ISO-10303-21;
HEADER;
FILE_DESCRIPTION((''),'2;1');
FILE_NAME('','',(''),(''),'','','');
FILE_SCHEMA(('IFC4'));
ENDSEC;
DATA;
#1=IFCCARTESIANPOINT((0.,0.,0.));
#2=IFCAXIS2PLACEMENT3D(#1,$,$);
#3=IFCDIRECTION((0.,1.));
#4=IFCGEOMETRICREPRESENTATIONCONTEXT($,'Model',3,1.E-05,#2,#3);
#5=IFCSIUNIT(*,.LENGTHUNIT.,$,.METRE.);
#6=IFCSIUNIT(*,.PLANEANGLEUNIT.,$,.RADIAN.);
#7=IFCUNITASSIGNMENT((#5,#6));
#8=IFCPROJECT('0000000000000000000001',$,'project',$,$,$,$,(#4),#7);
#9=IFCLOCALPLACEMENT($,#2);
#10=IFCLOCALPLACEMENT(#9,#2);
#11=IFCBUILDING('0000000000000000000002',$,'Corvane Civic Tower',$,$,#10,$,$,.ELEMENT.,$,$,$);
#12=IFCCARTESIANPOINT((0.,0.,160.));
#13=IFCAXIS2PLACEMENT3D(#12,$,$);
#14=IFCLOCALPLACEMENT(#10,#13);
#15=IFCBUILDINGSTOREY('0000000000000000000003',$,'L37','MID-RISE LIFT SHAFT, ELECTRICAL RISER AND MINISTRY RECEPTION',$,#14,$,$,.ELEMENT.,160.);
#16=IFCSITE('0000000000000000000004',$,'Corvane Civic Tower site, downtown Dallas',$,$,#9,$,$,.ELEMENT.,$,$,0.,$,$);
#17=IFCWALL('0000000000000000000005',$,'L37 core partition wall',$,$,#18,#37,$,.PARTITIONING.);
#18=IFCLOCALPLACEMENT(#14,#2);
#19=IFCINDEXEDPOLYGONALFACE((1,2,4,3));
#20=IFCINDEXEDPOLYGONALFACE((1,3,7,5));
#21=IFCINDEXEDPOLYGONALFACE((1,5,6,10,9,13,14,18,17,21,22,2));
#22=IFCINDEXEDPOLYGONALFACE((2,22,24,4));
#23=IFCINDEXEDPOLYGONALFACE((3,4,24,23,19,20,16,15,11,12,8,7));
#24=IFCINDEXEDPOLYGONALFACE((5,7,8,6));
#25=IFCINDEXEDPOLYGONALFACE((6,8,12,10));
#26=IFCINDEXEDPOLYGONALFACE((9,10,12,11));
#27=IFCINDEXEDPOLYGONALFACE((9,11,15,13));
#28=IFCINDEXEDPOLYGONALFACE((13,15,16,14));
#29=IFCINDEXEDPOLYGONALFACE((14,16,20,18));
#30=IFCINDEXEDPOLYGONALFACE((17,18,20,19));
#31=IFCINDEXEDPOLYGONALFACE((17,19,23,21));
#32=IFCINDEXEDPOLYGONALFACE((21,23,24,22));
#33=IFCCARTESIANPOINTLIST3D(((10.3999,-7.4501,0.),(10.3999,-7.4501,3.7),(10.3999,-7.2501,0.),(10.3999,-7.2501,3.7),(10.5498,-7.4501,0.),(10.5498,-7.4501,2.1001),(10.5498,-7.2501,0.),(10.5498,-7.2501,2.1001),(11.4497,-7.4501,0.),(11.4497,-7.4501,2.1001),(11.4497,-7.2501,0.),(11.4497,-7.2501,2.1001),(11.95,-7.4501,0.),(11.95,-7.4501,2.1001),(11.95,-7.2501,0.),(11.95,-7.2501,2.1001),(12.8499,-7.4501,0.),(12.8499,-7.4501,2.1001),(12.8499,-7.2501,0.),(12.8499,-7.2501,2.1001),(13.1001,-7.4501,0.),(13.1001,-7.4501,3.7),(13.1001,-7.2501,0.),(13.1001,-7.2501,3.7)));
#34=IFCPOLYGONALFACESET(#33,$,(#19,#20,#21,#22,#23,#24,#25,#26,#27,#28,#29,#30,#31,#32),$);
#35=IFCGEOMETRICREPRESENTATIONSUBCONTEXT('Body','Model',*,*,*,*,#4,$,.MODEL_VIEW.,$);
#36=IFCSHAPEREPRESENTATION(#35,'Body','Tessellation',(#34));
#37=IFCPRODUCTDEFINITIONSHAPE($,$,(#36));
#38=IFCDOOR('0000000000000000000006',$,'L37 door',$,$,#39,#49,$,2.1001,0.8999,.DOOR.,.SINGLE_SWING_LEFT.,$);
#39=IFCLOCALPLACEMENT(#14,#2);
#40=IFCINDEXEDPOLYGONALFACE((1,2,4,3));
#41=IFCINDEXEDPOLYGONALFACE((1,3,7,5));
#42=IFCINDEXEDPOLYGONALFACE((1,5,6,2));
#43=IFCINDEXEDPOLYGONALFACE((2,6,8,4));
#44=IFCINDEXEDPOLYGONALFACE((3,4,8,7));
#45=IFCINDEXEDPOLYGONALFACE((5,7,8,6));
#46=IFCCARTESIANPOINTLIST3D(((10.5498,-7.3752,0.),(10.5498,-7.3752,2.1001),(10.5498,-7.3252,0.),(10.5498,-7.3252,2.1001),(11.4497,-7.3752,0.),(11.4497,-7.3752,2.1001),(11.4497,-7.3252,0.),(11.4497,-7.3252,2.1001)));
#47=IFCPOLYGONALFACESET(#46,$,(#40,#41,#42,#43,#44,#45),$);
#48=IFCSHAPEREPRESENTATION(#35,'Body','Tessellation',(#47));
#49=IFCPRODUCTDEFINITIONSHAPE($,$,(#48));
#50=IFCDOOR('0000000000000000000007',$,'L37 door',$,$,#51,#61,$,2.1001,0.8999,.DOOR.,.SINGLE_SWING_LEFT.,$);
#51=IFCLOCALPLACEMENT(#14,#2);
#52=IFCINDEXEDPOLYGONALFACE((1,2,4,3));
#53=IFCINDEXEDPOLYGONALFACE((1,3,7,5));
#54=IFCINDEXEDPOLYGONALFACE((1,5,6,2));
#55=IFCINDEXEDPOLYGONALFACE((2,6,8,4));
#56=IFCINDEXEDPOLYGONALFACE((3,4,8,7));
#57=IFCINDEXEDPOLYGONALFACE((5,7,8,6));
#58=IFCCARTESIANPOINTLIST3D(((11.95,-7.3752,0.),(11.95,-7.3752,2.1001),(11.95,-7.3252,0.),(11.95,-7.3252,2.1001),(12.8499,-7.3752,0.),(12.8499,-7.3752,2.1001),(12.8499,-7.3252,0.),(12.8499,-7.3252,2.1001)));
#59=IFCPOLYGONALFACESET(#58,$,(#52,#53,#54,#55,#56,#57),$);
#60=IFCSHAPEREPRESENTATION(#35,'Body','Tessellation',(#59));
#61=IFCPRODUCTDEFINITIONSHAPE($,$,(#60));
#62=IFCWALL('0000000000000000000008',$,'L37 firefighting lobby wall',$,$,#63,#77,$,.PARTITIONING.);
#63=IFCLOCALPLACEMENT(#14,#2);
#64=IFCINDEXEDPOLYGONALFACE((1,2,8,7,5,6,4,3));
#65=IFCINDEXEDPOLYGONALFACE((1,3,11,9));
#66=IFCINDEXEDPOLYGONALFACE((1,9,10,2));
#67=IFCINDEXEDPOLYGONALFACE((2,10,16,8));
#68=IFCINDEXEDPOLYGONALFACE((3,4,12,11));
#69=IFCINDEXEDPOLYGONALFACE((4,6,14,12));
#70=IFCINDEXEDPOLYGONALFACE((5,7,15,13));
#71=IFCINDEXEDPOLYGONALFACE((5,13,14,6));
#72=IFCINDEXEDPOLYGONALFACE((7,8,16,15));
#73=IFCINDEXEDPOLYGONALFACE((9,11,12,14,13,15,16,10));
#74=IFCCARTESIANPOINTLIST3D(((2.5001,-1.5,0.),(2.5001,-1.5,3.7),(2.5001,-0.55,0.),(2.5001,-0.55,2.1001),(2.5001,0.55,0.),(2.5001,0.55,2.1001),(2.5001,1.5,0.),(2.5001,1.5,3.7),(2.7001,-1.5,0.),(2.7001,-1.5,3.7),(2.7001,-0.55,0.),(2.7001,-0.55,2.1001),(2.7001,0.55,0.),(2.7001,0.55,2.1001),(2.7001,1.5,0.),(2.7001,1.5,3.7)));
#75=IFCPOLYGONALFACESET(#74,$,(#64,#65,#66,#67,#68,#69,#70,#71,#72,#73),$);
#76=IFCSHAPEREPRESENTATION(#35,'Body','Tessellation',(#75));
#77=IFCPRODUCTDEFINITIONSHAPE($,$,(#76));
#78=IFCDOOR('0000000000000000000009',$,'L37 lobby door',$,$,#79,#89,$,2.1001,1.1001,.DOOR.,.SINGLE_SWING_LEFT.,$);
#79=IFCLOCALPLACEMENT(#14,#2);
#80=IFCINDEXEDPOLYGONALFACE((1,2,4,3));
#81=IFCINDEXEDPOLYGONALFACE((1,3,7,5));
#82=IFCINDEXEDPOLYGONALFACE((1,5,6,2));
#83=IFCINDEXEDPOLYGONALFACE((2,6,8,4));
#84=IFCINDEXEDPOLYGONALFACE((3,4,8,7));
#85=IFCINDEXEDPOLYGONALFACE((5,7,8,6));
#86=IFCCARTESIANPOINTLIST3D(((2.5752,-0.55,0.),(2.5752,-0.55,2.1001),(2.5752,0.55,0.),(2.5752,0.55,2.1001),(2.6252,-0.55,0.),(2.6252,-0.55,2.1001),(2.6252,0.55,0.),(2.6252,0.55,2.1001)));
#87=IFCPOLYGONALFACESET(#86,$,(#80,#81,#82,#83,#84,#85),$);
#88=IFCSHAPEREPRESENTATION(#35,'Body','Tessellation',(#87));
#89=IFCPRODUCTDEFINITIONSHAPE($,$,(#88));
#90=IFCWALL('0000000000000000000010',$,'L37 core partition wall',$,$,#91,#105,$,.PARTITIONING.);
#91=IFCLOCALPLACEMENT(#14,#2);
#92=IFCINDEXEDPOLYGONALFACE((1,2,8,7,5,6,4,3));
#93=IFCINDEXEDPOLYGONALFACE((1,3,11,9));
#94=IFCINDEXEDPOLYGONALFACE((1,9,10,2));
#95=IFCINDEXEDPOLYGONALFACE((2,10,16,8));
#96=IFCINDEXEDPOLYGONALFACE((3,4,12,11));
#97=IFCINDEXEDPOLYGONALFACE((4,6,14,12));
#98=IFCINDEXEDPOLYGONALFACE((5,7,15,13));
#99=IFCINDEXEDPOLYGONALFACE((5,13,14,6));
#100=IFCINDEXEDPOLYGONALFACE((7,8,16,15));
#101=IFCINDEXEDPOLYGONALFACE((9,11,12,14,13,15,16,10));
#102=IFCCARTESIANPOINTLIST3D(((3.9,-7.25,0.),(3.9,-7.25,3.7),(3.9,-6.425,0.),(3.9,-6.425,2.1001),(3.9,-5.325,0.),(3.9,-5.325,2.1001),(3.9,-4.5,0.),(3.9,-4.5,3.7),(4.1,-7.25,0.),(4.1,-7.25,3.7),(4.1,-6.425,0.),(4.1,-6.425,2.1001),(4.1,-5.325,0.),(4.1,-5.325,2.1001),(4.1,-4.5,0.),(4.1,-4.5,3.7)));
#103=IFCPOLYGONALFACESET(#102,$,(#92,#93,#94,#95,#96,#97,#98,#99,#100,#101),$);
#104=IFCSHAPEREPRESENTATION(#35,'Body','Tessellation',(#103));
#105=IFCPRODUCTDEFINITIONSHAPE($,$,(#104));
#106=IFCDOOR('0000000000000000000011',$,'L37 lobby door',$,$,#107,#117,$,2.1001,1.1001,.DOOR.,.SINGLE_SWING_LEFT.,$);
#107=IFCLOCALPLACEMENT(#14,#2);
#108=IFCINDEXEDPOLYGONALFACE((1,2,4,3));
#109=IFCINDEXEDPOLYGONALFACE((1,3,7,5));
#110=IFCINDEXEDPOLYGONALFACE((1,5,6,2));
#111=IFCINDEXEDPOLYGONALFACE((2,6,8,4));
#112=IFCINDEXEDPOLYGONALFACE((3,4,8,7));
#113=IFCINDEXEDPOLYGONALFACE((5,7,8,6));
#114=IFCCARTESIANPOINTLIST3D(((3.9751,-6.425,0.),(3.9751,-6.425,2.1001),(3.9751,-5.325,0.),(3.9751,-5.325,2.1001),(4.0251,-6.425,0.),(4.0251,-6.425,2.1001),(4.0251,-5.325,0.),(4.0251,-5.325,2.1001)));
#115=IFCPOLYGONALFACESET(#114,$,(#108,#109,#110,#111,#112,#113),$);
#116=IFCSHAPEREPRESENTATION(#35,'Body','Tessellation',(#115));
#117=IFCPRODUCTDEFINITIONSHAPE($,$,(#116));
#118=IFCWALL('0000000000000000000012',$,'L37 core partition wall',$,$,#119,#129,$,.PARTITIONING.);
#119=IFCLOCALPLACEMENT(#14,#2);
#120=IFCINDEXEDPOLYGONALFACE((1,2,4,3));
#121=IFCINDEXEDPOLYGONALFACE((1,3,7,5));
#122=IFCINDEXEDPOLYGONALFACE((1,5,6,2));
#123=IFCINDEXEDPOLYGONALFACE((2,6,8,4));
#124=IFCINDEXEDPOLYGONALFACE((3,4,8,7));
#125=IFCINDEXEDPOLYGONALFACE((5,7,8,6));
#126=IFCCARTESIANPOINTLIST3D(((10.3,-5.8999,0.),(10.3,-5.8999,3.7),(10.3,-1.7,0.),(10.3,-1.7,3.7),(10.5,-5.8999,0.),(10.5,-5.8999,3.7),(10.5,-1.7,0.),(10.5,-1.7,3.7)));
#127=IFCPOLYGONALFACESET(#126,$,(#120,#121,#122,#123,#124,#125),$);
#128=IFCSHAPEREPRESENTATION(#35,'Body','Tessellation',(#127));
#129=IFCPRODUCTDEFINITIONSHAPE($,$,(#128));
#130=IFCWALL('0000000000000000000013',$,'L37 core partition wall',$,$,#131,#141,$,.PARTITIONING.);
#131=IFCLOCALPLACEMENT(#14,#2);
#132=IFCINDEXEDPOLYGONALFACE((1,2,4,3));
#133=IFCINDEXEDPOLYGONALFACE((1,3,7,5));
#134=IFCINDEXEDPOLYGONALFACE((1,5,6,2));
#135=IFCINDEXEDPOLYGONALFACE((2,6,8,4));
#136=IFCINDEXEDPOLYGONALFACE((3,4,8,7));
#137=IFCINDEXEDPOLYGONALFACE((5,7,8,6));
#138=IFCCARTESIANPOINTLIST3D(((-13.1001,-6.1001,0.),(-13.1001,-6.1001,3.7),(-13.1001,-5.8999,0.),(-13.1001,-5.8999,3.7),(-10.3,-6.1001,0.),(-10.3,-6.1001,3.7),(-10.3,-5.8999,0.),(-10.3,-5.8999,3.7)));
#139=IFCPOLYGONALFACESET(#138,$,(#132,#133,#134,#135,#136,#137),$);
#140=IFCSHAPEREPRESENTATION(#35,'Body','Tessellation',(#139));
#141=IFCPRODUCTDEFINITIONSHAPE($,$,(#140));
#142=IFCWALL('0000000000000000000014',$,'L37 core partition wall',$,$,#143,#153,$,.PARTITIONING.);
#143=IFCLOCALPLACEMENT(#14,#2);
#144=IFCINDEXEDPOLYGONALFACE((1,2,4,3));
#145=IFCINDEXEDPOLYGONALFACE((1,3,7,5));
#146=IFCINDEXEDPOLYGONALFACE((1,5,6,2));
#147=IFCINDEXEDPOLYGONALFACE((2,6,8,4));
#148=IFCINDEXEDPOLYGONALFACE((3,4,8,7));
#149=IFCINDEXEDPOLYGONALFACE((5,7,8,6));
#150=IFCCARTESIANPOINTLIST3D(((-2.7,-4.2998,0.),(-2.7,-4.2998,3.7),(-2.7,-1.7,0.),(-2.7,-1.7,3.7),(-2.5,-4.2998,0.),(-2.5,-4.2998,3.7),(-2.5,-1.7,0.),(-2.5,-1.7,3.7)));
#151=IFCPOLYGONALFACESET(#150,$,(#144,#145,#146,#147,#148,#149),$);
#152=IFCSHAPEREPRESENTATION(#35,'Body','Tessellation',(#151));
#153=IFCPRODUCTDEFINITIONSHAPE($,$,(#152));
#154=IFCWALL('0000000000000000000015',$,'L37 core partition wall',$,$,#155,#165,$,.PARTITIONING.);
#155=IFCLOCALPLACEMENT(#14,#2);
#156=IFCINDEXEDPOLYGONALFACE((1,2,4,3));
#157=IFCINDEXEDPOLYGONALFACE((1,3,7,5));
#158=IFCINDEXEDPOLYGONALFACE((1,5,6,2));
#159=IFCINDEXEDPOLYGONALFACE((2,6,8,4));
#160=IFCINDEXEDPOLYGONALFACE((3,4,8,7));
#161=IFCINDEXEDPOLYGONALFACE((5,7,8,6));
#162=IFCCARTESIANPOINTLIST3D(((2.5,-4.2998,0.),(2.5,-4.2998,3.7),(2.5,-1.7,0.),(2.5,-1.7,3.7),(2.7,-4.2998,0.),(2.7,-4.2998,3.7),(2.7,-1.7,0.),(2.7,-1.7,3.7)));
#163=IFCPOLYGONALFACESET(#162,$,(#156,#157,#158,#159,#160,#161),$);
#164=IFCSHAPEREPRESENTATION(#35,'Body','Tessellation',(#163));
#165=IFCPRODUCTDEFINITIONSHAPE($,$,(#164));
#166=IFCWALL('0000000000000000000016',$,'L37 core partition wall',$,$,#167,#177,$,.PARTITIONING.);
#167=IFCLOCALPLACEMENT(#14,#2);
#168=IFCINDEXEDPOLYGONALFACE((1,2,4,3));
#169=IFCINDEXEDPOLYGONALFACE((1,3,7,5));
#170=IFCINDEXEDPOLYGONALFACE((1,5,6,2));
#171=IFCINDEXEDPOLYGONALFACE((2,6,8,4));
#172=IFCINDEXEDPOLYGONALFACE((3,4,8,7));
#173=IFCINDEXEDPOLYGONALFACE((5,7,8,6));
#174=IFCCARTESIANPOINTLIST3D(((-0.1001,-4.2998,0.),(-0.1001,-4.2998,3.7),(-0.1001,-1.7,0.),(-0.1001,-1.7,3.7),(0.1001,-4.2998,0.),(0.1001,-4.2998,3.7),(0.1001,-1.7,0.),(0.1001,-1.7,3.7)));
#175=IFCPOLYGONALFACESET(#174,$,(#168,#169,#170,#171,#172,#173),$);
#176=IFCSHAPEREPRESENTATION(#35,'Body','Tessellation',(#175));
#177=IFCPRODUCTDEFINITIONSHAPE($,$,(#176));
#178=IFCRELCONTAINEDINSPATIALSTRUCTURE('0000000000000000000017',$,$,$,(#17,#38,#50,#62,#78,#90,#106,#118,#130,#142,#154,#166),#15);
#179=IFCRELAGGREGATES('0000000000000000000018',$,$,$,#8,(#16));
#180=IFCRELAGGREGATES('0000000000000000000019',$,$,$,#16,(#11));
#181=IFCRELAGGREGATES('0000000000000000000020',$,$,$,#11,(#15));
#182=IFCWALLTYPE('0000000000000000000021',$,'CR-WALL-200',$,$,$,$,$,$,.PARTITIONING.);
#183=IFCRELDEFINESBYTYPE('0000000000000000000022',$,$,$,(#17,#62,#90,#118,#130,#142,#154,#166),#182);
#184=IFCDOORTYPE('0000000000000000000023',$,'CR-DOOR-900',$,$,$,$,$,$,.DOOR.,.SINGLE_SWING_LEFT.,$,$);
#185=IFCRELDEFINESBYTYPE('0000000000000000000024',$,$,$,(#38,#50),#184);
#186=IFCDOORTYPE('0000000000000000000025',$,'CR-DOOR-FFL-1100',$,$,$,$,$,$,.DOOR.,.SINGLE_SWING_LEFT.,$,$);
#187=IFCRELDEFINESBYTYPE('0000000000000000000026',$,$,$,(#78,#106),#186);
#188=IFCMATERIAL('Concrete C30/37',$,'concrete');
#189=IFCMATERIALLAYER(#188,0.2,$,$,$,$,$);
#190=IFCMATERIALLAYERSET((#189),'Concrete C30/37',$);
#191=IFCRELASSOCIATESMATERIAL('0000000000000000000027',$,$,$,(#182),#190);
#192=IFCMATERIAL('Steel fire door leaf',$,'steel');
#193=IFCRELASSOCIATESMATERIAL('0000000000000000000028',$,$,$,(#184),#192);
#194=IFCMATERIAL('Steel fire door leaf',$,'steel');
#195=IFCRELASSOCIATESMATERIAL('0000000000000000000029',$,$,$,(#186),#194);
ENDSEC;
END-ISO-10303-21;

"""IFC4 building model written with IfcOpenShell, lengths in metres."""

from ifc_helpers import new_model, si_unit, direction, frame, frame_2d, origin, place, context, subcontext, project, spatial, polyline, rectangle, outline, extrude, material, layer, layer_set, type_object, element, fill, save


model = new_model("IFC4")

# Units and contexts
model_context = context("Model", 3, precision=1e-05, world=origin(), true_north=direction((0.0, 1.0)))
body_context = subcontext(model_context, "Body", "Model", "MODEL_VIEW")
ifc_project = project(units=[si_unit("LENGTHUNIT", "METRE"), si_unit("PLANEANGLEUNIT", "RADIAN")], contexts=[model_context])

# Site, building, storey
site_placement = place(None, origin())
site = spatial("IfcSite", under=ifc_project, at=site_placement, Name="Corvane Civic Tower site, downtown Dallas", CompositionType="ELEMENT", RefElevation=0.0)
building_placement = place(site_placement, origin())
building = spatial("IfcBuilding", under=site, at=building_placement, Name="Corvane Civic Tower", CompositionType="ELEMENT")
storey_placement = place(building_placement, frame((0.0, 0.0, 160.0)))
storey = spatial("IfcBuildingStorey", under=building, at=storey_placement, Name="L37", Description="MID-RISE LIFT SHAFT, ELECTRICAL RISER AND MINISTRY RECEPTION", CompositionType="ELEMENT", Elevation=160.0)

# Wall, openings, doors
ifc_material_1 = material(Name="Concrete C30/37", Category="concrete")
ifc_layer_1 = layer(ifc_material_1, 0.2)
ifc_layer_set_1 = layer_set([ifc_layer_1], Name="Concrete C30/37")
wall_type_1 = type_object("IfcWallType", Name="CR-WALL-200", PredefinedType="PARTITIONING", material=ifc_layer_set_1)
wall_1_placement = place(storey_placement, frame((10.3999, -7.3501, 0.0), z_axis=(0.0, 0.0, 1.0), x_axis=(1.0, 0.0, 0.0)))
wall_1 = element("IfcWall", 1, at=wall_1_placement, inside=storey, type_object=wall_type_1, Name="L37 core partition wall", PredefinedType="PARTITIONING", context=body_context, shape_type="SweptSolid", body=[
    extrude(rectangle(XDim=2.7002, YDim=0.2, at=frame_2d((1.3501, 0.0))), origin(), (0.0, 0.0, 1.0), 3.7),
])
opening_1_placement = place(wall_1_placement, frame((0.1499, 0.0, 0.0)))
opening_1 = element("IfcOpeningElement", 2, at=opening_1_placement, cuts=wall_1, PredefinedType="OPENING", context=body_context, shape_type="SweptSolid", body=[
    extrude(rectangle(XDim=0.8999, YDim=2.1001, at=frame_2d((0.45, 1.05))), frame((0.0, 0.1099, 0.0), z_axis=(0.0, -1.0, 0.0), x_axis=(1.0, 0.0, 0.0)), (0.0, 0.0, 1.0), 0.22),
])
opening_2_placement = place(wall_1_placement, frame((1.55, 0.0, 0.0)))
opening_2 = element("IfcOpeningElement", 3, at=opening_2_placement, cuts=wall_1, PredefinedType="OPENING", context=body_context, shape_type="SweptSolid", body=[
    extrude(rectangle(XDim=0.8999, YDim=2.1001, at=frame_2d((0.45, 1.05))), frame((0.0, 0.1099, 0.0), z_axis=(0.0, -1.0, 0.0), x_axis=(1.0, 0.0, 0.0)), (0.0, 0.0, 1.0), 0.22),
])
ifc_material_2 = material(Name="Steel fire door leaf", Category="steel")
door_type_1 = type_object("IfcDoorType", Name="CR-DOOR-900", OperationType="SINGLE_SWING_LEFT", PredefinedType="DOOR", material=ifc_material_2)
door_1_placement = place(opening_1_placement, origin())
door_1 = element("IfcDoor", 4, at=door_1_placement, inside=storey, type_object=door_type_1, Name="L37 door", OperationType="SINGLE_SWING_LEFT", OverallHeight=2.1001, OverallWidth=0.8999, PredefinedType="DOOR", context=body_context, shape_type="SweptSolid", body=[
    extrude(rectangle(XDim=0.8999, YDim=2.1001, at=frame_2d((0.45, 1.05))), frame((0.0, 0.0249, 0.0), z_axis=(0.0, -1.0, 0.0), x_axis=(1.0, 0.0, 0.0)), (0.0, 0.0, 1.0), 0.05),
])
fill(opening_1, door_1)
door_2_placement = place(opening_2_placement, origin())
door_2 = element("IfcDoor", 5, at=door_2_placement, inside=storey, type_object=door_type_1, Name="L37 door", OperationType="SINGLE_SWING_LEFT", OverallHeight=2.1001, OverallWidth=0.8999, PredefinedType="DOOR", context=body_context, shape_type="SweptSolid", body=[
    extrude(rectangle(XDim=0.8999, YDim=2.1001, at=frame_2d((0.45, 1.05))), frame((0.0, 0.0249, 0.0), z_axis=(0.0, -1.0, 0.0), x_axis=(1.0, 0.0, 0.0)), (0.0, 0.0, 1.0), 0.05),
])
fill(opening_2, door_2)

# Walls, openings, doors
wall_2_placement = place(storey_placement, frame((2.6001, -1.5, 0.0), z_axis=(0.0, 0.0, 1.0), x_axis=(0.0, 1.0, 0.0)))
wall_2 = element("IfcWall", 6, at=wall_2_placement, inside=storey, type_object=wall_type_1, Name="L37 firefighting lobby wall", PredefinedType="PARTITIONING", context=body_context, shape_type="SweptSolid", body=[
    extrude(rectangle(XDim=3.0, YDim=0.2, at=frame_2d((1.5, 0.0))), origin(), (0.0, 0.0, 1.0), 3.7),
])
opening_3_placement = place(wall_2_placement, frame((0.95, 0.0, 0.0)))
opening_3 = element("IfcOpeningElement", 7, at=opening_3_placement, cuts=wall_2, PredefinedType="OPENING", context=body_context, shape_type="SweptSolid", body=[
    extrude(rectangle(XDim=1.1001, YDim=2.1001, at=frame_2d((0.55, 1.05))), frame((0.0, 0.1099, 0.0), z_axis=(0.0, -1.0, 0.0), x_axis=(1.0, 0.0, 0.0)), (0.0, 0.0, 1.0), 0.22),
])
ifc_material_3 = material(Name="Steel fire door leaf", Category="steel")
door_type_2 = type_object("IfcDoorType", Name="CR-DOOR-FFL-1100", OperationType="SINGLE_SWING_LEFT", PredefinedType="DOOR", material=ifc_material_3)
door_3_placement = place(opening_3_placement, origin())
door_3 = element("IfcDoor", 8, at=door_3_placement, inside=storey, type_object=door_type_2, Name="L37 lobby door", OperationType="SINGLE_SWING_LEFT", OverallHeight=2.1001, OverallWidth=1.1001, PredefinedType="DOOR", context=body_context, shape_type="SweptSolid", body=[
    extrude(rectangle(XDim=1.1001, YDim=2.1001, at=frame_2d((0.55, 1.05))), frame((0.0, 0.0249, 0.0), z_axis=(0.0, -1.0, 0.0), x_axis=(1.0, 0.0, 0.0)), (0.0, 0.0, 1.0), 0.05),
])
fill(opening_3, door_3)
wall_3_placement = place(storey_placement, frame((4.0, -7.25, 0.0), z_axis=(0.0, 0.0, 1.0), x_axis=(0.0, 1.0, 0.0)))
wall_3 = element("IfcWall", 9, at=wall_3_placement, inside=storey, type_object=wall_type_1, Name="L37 core partition wall", PredefinedType="PARTITIONING", context=body_context, shape_type="SweptSolid", body=[
    extrude(rectangle(XDim=2.75, YDim=0.2, at=frame_2d((1.375, 0.0))), origin(), (0.0, 0.0, 1.0), 3.7),
])
opening_4_placement = place(wall_3_placement, frame((0.825, 0.0, 0.0)))
opening_4 = element("IfcOpeningElement", 10, at=opening_4_placement, cuts=wall_3, PredefinedType="OPENING", context=body_context, shape_type="SweptSolid", body=[
    extrude(rectangle(XDim=1.1001, YDim=2.1001, at=frame_2d((0.55, 1.05))), frame((0.0, 0.1099, 0.0), z_axis=(0.0, -1.0, 0.0), x_axis=(1.0, 0.0, 0.0)), (0.0, 0.0, 1.0), 0.22),
])
door_4_placement = place(opening_4_placement, origin())
door_4 = element("IfcDoor", 11, at=door_4_placement, inside=storey, type_object=door_type_2, Name="L37 lobby door", OperationType="SINGLE_SWING_LEFT", OverallHeight=2.1001, OverallWidth=1.1001, PredefinedType="DOOR", context=body_context, shape_type="SweptSolid", body=[
    extrude(rectangle(XDim=1.1001, YDim=2.1001, at=frame_2d((0.55, 1.05))), frame((0.0, 0.0249, 0.0), z_axis=(0.0, -1.0, 0.0), x_axis=(1.0, 0.0, 0.0)), (0.0, 0.0, 1.0), 0.05),
])
fill(opening_4, door_4)

# Walls
wall_4_placement = place(storey_placement, origin())
element("IfcWall", 12, at=wall_4_placement, inside=storey, type_object=wall_type_1, Name="L37 core partition wall", PredefinedType="PARTITIONING", context=body_context, shape_type="SweptSolid", body=[
    extrude(outline(polyline([(10.5, -1.7), (10.5, -5.8999), (10.3, -5.8999), (10.3, -1.7), (10.5, -1.7)])), origin(), (0.0, 0.0, 1.0), 3.7),
])
wall_5_placement = place(storey_placement, origin())
element("IfcWall", 13, at=wall_5_placement, inside=storey, type_object=wall_type_1, Name="L37 core partition wall", PredefinedType="PARTITIONING", context=body_context, shape_type="SweptSolid", body=[
    extrude(outline(polyline([(-10.3, -6.1001), (-13.1001, -6.1001), (-13.1001, -5.8999), (-10.3, -5.8999), (-10.3, -6.1001)])), origin(), (0.0, 0.0, 1.0), 3.7),
])
wall_6_placement = place(storey_placement, origin())
element("IfcWall", 14, at=wall_6_placement, inside=storey, type_object=wall_type_1, Name="L37 core partition wall", PredefinedType="PARTITIONING", context=body_context, shape_type="SweptSolid", body=[
    extrude(outline(polyline([(-2.5, -1.7), (-2.5, -4.2998), (-2.7, -4.2998), (-2.7, -1.7), (-2.5, -1.7)])), origin(), (0.0, 0.0, 1.0), 3.7),
])
wall_7_placement = place(storey_placement, origin())
element("IfcWall", 15, at=wall_7_placement, inside=storey, type_object=wall_type_1, Name="L37 core partition wall", PredefinedType="PARTITIONING", context=body_context, shape_type="SweptSolid", body=[
    extrude(outline(polyline([(2.7, -1.7), (2.7, -4.2998), (2.5, -4.2998), (2.5, -1.7), (2.7, -1.7)])), origin(), (0.0, 0.0, 1.0), 3.7),
])
wall_8_placement = place(storey_placement, origin())
element("IfcWall", 16, at=wall_8_placement, inside=storey, type_object=wall_type_1, Name="L37 core partition wall", PredefinedType="PARTITIONING", context=body_context, shape_type="SweptSolid", body=[
    extrude(outline(polyline([(0.1001, -1.7), (0.1001, -4.2998), (-0.1001, -4.2998), (-0.1001, -1.7), (0.1001, -1.7)])), origin(), (0.0, 0.0, 1.0), 3.7),
])

save(model, "model.ifc")
